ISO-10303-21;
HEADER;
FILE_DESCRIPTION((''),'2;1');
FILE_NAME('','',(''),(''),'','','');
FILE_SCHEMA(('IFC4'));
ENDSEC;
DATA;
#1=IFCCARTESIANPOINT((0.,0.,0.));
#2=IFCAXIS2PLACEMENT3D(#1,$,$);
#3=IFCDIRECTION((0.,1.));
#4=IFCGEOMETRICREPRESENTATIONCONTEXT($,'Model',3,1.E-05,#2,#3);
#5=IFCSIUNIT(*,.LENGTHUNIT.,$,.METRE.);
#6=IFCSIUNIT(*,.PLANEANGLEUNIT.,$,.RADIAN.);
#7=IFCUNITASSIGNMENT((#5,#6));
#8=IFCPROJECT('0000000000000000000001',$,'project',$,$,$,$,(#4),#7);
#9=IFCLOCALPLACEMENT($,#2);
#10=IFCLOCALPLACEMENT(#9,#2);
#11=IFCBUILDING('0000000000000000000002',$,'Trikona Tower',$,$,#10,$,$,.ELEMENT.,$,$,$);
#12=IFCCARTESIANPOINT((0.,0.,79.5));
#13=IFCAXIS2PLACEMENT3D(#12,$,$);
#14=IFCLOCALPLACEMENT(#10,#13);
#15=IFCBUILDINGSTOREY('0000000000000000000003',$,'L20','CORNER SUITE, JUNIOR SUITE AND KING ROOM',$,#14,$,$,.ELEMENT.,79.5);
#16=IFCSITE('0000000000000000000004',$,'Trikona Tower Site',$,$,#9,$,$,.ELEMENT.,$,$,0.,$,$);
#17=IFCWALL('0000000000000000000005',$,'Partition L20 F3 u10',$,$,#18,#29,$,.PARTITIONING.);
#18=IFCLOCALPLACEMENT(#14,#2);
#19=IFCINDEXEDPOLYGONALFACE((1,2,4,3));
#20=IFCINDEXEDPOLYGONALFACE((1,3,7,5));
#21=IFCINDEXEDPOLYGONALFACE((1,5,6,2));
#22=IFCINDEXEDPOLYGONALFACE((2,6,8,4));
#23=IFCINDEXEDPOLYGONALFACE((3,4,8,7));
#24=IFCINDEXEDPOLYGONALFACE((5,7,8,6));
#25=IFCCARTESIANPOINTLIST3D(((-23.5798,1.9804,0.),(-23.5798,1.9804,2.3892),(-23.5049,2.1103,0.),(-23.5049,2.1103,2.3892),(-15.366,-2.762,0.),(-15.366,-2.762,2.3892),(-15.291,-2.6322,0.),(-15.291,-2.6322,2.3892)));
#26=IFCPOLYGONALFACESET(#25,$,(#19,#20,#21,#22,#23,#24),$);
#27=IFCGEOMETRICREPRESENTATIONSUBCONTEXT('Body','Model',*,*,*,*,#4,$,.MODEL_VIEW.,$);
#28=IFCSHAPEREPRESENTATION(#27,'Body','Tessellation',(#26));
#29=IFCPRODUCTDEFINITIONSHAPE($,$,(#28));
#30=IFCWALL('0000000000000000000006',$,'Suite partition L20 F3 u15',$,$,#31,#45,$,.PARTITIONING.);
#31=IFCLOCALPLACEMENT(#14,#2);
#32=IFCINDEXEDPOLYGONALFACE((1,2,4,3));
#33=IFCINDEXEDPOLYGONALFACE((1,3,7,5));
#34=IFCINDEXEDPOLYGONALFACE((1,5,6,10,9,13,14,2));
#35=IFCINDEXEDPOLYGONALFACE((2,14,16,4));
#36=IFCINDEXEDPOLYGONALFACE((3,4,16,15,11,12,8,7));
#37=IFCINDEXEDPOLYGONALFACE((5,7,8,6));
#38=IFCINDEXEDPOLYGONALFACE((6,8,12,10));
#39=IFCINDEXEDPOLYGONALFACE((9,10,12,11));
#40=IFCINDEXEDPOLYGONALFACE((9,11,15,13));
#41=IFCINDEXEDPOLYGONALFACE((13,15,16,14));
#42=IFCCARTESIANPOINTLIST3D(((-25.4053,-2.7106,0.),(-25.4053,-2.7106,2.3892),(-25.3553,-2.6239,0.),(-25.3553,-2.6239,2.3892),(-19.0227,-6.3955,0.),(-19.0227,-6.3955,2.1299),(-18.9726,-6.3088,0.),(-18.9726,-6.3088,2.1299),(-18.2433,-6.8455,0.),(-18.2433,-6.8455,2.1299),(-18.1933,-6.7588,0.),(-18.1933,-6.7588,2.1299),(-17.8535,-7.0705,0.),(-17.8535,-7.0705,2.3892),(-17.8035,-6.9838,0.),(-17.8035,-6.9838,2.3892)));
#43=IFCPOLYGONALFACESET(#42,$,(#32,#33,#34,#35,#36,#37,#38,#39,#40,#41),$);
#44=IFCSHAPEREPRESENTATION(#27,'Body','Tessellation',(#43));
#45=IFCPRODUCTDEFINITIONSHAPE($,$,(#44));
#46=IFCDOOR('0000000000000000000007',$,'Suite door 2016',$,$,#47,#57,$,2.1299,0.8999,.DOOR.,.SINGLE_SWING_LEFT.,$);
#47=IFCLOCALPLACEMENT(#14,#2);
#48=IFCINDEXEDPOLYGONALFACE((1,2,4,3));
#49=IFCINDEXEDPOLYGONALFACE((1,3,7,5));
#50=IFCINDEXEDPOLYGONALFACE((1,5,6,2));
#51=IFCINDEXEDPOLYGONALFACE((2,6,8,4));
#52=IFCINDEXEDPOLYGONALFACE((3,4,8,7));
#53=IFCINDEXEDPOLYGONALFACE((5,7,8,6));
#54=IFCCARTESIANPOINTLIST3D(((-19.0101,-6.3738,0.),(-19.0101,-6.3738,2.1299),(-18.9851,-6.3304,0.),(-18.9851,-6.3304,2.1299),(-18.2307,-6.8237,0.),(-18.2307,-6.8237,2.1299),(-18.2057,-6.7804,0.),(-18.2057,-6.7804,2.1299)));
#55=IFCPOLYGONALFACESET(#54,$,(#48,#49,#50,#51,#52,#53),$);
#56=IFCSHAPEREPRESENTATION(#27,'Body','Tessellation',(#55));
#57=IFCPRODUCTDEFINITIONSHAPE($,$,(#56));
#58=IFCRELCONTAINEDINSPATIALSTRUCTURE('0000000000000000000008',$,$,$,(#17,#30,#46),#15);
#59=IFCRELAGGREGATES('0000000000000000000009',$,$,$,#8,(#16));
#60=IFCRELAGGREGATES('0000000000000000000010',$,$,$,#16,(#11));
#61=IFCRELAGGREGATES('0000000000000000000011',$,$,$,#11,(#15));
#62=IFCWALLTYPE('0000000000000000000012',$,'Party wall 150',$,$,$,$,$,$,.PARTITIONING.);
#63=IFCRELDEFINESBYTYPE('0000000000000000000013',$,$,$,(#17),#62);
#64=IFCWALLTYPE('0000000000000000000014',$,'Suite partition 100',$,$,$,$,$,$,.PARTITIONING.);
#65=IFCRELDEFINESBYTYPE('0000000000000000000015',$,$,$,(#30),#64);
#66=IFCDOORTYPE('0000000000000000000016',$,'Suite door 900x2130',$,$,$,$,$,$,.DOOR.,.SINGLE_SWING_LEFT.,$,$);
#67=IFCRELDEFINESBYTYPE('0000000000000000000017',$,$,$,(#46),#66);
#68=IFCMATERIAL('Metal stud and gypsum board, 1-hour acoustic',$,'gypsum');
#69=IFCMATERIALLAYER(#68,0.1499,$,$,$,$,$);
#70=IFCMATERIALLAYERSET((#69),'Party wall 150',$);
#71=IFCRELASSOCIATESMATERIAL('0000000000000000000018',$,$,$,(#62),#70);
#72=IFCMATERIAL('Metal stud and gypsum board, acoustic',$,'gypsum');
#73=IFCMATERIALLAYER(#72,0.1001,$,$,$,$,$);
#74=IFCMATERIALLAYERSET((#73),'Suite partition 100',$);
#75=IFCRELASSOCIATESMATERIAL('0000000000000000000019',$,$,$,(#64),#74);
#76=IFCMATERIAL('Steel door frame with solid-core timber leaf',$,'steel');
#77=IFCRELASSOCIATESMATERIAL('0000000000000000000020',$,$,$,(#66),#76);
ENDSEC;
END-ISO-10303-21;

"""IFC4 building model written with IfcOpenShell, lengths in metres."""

from ifc_helpers import new_model, si_unit, direction, frame, frame_2d, origin, place, context, subcontext, project, spatial, rectangle, extrude, material, layer, layer_set, type_object, element, fill, save


model = new_model("IFC4")

# Units and contexts
model_context = context("Model", 3, precision=1e-05, world=origin(), true_north=direction((0.0, 1.0)))
body_context = subcontext(model_context, "Body", "Model", "MODEL_VIEW")
ifc_project = project(units=[si_unit("LENGTHUNIT", "METRE"), si_unit("PLANEANGLEUNIT", "RADIAN")], contexts=[model_context])

# Site, building, storey
site_placement = place(None, origin())
site = spatial("IfcSite", under=ifc_project, at=site_placement, Name="Trikona Tower Site", CompositionType="ELEMENT", RefElevation=0.0)
building_placement = place(site_placement, origin())
building = spatial("IfcBuilding", under=site, at=building_placement, Name="Trikona Tower", CompositionType="ELEMENT")
storey_placement = place(building_placement, frame((0.0, 0.0, 79.5)))
storey = spatial("IfcBuildingStorey", under=building, at=storey_placement, Name="L20", Description="CORNER SUITE, JUNIOR SUITE AND KING ROOM", CompositionType="ELEMENT", Elevation=79.5)

# Wall
ifc_material_1 = material(Name="Metal stud and gypsum board, 1-hour acoustic", Category="gypsum")
ifc_layer_1 = layer(ifc_material_1, 0.1499)
ifc_layer_set_1 = layer_set([ifc_layer_1], Name="Party wall 150")
wall_type_1 = type_object("IfcWallType", Name="Party wall 150", PredefinedType="PARTITIONING", material=ifc_layer_set_1)
wall_1_placement = place(storey_placement, frame((-15.3286, -2.697, 0.0), z_axis=(0.0, 0.0, 1.0), x_axis=(-0.866018, 0.500012, 0.0)))
element("IfcWall", 1, at=wall_1_placement, inside=storey, type_object=wall_type_1, Name="Partition L20 F3 u10", PredefinedType="PARTITIONING", context=body_context, shape_type="SweptSolid", body=[
    extrude(rectangle(XDim=9.4846, YDim=0.1499, at=frame_2d((4.7422, 0.0))), origin(), (0.0, 0.0, 1.0), 2.3892),
])

# Wall, opening, door
ifc_material_2 = material(Name="Metal stud and gypsum board, acoustic", Category="gypsum")
ifc_layer_2 = layer(ifc_material_2, 0.1001)
ifc_layer_set_2 = layer_set([ifc_layer_2], Name="Suite partition 100")
wall_type_2 = type_object("IfcWallType", Name="Suite partition 100", PredefinedType="PARTITIONING", material=ifc_layer_set_2)
wall_2_placement = place(storey_placement, frame((-17.8286, -7.0271, 0.0), z_axis=(0.0, 0.0, 1.0), x_axis=(-0.866033, 0.499987, 0.0)))
wall_2 = element("IfcWall", 2, at=wall_2_placement, inside=storey, type_object=wall_type_2, Name="Suite partition L20 F3 u15", PredefinedType="PARTITIONING", context=body_context, shape_type="SweptSolid", body=[
    extrude(rectangle(XDim=8.72, YDim=0.1001, at=frame_2d((4.3599, 0.0))), origin(), (0.0, 0.0, 1.0), 2.3892),
])
opening_1_placement = place(wall_2_placement, frame((0.45, 0.0, 0.0)))
opening_1 = element("IfcOpeningElement", 3, at=opening_1_placement, cuts=wall_2, PredefinedType="OPENING", context=body_context, shape_type="SweptSolid", body=[
    extrude(rectangle(XDim=0.8999, YDim=2.1299, at=frame_2d((0.45, 1.0649))), frame((0.0, 0.0601, 0.0), z_axis=(0.0, -1.0, 0.0), x_axis=(1.0, 0.0, 0.0)), (0.0, 0.0, 1.0), 0.1201),
])
ifc_material_3 = material(Name="Steel door frame with solid-core timber leaf", Category="steel")
door_type_1 = type_object("IfcDoorType", Name="Suite door 900x2130", OperationType="SINGLE_SWING_LEFT", PredefinedType="DOOR", material=ifc_material_3)
door_1_placement = place(opening_1_placement, origin())
door_1 = element("IfcDoor", 4, at=door_1_placement, inside=storey, type_object=door_type_1, Name="Suite door 2016", OperationType="SINGLE_SWING_LEFT", OverallHeight=2.1299, OverallWidth=0.8999, PredefinedType="DOOR", context=body_context, shape_type="SweptSolid", body=[
    extrude(rectangle(XDim=0.8999, YDim=2.1299, at=frame_2d((0.45, 1.0649))), frame((0.0, 0.0249, 0.0), z_axis=(0.0, -1.0, 0.0), x_axis=(1.0, 0.0, 0.0)), (0.0, 0.0, 1.0), 0.05),
])
fill(opening_1, door_1)

save(model, "model.ifc")
